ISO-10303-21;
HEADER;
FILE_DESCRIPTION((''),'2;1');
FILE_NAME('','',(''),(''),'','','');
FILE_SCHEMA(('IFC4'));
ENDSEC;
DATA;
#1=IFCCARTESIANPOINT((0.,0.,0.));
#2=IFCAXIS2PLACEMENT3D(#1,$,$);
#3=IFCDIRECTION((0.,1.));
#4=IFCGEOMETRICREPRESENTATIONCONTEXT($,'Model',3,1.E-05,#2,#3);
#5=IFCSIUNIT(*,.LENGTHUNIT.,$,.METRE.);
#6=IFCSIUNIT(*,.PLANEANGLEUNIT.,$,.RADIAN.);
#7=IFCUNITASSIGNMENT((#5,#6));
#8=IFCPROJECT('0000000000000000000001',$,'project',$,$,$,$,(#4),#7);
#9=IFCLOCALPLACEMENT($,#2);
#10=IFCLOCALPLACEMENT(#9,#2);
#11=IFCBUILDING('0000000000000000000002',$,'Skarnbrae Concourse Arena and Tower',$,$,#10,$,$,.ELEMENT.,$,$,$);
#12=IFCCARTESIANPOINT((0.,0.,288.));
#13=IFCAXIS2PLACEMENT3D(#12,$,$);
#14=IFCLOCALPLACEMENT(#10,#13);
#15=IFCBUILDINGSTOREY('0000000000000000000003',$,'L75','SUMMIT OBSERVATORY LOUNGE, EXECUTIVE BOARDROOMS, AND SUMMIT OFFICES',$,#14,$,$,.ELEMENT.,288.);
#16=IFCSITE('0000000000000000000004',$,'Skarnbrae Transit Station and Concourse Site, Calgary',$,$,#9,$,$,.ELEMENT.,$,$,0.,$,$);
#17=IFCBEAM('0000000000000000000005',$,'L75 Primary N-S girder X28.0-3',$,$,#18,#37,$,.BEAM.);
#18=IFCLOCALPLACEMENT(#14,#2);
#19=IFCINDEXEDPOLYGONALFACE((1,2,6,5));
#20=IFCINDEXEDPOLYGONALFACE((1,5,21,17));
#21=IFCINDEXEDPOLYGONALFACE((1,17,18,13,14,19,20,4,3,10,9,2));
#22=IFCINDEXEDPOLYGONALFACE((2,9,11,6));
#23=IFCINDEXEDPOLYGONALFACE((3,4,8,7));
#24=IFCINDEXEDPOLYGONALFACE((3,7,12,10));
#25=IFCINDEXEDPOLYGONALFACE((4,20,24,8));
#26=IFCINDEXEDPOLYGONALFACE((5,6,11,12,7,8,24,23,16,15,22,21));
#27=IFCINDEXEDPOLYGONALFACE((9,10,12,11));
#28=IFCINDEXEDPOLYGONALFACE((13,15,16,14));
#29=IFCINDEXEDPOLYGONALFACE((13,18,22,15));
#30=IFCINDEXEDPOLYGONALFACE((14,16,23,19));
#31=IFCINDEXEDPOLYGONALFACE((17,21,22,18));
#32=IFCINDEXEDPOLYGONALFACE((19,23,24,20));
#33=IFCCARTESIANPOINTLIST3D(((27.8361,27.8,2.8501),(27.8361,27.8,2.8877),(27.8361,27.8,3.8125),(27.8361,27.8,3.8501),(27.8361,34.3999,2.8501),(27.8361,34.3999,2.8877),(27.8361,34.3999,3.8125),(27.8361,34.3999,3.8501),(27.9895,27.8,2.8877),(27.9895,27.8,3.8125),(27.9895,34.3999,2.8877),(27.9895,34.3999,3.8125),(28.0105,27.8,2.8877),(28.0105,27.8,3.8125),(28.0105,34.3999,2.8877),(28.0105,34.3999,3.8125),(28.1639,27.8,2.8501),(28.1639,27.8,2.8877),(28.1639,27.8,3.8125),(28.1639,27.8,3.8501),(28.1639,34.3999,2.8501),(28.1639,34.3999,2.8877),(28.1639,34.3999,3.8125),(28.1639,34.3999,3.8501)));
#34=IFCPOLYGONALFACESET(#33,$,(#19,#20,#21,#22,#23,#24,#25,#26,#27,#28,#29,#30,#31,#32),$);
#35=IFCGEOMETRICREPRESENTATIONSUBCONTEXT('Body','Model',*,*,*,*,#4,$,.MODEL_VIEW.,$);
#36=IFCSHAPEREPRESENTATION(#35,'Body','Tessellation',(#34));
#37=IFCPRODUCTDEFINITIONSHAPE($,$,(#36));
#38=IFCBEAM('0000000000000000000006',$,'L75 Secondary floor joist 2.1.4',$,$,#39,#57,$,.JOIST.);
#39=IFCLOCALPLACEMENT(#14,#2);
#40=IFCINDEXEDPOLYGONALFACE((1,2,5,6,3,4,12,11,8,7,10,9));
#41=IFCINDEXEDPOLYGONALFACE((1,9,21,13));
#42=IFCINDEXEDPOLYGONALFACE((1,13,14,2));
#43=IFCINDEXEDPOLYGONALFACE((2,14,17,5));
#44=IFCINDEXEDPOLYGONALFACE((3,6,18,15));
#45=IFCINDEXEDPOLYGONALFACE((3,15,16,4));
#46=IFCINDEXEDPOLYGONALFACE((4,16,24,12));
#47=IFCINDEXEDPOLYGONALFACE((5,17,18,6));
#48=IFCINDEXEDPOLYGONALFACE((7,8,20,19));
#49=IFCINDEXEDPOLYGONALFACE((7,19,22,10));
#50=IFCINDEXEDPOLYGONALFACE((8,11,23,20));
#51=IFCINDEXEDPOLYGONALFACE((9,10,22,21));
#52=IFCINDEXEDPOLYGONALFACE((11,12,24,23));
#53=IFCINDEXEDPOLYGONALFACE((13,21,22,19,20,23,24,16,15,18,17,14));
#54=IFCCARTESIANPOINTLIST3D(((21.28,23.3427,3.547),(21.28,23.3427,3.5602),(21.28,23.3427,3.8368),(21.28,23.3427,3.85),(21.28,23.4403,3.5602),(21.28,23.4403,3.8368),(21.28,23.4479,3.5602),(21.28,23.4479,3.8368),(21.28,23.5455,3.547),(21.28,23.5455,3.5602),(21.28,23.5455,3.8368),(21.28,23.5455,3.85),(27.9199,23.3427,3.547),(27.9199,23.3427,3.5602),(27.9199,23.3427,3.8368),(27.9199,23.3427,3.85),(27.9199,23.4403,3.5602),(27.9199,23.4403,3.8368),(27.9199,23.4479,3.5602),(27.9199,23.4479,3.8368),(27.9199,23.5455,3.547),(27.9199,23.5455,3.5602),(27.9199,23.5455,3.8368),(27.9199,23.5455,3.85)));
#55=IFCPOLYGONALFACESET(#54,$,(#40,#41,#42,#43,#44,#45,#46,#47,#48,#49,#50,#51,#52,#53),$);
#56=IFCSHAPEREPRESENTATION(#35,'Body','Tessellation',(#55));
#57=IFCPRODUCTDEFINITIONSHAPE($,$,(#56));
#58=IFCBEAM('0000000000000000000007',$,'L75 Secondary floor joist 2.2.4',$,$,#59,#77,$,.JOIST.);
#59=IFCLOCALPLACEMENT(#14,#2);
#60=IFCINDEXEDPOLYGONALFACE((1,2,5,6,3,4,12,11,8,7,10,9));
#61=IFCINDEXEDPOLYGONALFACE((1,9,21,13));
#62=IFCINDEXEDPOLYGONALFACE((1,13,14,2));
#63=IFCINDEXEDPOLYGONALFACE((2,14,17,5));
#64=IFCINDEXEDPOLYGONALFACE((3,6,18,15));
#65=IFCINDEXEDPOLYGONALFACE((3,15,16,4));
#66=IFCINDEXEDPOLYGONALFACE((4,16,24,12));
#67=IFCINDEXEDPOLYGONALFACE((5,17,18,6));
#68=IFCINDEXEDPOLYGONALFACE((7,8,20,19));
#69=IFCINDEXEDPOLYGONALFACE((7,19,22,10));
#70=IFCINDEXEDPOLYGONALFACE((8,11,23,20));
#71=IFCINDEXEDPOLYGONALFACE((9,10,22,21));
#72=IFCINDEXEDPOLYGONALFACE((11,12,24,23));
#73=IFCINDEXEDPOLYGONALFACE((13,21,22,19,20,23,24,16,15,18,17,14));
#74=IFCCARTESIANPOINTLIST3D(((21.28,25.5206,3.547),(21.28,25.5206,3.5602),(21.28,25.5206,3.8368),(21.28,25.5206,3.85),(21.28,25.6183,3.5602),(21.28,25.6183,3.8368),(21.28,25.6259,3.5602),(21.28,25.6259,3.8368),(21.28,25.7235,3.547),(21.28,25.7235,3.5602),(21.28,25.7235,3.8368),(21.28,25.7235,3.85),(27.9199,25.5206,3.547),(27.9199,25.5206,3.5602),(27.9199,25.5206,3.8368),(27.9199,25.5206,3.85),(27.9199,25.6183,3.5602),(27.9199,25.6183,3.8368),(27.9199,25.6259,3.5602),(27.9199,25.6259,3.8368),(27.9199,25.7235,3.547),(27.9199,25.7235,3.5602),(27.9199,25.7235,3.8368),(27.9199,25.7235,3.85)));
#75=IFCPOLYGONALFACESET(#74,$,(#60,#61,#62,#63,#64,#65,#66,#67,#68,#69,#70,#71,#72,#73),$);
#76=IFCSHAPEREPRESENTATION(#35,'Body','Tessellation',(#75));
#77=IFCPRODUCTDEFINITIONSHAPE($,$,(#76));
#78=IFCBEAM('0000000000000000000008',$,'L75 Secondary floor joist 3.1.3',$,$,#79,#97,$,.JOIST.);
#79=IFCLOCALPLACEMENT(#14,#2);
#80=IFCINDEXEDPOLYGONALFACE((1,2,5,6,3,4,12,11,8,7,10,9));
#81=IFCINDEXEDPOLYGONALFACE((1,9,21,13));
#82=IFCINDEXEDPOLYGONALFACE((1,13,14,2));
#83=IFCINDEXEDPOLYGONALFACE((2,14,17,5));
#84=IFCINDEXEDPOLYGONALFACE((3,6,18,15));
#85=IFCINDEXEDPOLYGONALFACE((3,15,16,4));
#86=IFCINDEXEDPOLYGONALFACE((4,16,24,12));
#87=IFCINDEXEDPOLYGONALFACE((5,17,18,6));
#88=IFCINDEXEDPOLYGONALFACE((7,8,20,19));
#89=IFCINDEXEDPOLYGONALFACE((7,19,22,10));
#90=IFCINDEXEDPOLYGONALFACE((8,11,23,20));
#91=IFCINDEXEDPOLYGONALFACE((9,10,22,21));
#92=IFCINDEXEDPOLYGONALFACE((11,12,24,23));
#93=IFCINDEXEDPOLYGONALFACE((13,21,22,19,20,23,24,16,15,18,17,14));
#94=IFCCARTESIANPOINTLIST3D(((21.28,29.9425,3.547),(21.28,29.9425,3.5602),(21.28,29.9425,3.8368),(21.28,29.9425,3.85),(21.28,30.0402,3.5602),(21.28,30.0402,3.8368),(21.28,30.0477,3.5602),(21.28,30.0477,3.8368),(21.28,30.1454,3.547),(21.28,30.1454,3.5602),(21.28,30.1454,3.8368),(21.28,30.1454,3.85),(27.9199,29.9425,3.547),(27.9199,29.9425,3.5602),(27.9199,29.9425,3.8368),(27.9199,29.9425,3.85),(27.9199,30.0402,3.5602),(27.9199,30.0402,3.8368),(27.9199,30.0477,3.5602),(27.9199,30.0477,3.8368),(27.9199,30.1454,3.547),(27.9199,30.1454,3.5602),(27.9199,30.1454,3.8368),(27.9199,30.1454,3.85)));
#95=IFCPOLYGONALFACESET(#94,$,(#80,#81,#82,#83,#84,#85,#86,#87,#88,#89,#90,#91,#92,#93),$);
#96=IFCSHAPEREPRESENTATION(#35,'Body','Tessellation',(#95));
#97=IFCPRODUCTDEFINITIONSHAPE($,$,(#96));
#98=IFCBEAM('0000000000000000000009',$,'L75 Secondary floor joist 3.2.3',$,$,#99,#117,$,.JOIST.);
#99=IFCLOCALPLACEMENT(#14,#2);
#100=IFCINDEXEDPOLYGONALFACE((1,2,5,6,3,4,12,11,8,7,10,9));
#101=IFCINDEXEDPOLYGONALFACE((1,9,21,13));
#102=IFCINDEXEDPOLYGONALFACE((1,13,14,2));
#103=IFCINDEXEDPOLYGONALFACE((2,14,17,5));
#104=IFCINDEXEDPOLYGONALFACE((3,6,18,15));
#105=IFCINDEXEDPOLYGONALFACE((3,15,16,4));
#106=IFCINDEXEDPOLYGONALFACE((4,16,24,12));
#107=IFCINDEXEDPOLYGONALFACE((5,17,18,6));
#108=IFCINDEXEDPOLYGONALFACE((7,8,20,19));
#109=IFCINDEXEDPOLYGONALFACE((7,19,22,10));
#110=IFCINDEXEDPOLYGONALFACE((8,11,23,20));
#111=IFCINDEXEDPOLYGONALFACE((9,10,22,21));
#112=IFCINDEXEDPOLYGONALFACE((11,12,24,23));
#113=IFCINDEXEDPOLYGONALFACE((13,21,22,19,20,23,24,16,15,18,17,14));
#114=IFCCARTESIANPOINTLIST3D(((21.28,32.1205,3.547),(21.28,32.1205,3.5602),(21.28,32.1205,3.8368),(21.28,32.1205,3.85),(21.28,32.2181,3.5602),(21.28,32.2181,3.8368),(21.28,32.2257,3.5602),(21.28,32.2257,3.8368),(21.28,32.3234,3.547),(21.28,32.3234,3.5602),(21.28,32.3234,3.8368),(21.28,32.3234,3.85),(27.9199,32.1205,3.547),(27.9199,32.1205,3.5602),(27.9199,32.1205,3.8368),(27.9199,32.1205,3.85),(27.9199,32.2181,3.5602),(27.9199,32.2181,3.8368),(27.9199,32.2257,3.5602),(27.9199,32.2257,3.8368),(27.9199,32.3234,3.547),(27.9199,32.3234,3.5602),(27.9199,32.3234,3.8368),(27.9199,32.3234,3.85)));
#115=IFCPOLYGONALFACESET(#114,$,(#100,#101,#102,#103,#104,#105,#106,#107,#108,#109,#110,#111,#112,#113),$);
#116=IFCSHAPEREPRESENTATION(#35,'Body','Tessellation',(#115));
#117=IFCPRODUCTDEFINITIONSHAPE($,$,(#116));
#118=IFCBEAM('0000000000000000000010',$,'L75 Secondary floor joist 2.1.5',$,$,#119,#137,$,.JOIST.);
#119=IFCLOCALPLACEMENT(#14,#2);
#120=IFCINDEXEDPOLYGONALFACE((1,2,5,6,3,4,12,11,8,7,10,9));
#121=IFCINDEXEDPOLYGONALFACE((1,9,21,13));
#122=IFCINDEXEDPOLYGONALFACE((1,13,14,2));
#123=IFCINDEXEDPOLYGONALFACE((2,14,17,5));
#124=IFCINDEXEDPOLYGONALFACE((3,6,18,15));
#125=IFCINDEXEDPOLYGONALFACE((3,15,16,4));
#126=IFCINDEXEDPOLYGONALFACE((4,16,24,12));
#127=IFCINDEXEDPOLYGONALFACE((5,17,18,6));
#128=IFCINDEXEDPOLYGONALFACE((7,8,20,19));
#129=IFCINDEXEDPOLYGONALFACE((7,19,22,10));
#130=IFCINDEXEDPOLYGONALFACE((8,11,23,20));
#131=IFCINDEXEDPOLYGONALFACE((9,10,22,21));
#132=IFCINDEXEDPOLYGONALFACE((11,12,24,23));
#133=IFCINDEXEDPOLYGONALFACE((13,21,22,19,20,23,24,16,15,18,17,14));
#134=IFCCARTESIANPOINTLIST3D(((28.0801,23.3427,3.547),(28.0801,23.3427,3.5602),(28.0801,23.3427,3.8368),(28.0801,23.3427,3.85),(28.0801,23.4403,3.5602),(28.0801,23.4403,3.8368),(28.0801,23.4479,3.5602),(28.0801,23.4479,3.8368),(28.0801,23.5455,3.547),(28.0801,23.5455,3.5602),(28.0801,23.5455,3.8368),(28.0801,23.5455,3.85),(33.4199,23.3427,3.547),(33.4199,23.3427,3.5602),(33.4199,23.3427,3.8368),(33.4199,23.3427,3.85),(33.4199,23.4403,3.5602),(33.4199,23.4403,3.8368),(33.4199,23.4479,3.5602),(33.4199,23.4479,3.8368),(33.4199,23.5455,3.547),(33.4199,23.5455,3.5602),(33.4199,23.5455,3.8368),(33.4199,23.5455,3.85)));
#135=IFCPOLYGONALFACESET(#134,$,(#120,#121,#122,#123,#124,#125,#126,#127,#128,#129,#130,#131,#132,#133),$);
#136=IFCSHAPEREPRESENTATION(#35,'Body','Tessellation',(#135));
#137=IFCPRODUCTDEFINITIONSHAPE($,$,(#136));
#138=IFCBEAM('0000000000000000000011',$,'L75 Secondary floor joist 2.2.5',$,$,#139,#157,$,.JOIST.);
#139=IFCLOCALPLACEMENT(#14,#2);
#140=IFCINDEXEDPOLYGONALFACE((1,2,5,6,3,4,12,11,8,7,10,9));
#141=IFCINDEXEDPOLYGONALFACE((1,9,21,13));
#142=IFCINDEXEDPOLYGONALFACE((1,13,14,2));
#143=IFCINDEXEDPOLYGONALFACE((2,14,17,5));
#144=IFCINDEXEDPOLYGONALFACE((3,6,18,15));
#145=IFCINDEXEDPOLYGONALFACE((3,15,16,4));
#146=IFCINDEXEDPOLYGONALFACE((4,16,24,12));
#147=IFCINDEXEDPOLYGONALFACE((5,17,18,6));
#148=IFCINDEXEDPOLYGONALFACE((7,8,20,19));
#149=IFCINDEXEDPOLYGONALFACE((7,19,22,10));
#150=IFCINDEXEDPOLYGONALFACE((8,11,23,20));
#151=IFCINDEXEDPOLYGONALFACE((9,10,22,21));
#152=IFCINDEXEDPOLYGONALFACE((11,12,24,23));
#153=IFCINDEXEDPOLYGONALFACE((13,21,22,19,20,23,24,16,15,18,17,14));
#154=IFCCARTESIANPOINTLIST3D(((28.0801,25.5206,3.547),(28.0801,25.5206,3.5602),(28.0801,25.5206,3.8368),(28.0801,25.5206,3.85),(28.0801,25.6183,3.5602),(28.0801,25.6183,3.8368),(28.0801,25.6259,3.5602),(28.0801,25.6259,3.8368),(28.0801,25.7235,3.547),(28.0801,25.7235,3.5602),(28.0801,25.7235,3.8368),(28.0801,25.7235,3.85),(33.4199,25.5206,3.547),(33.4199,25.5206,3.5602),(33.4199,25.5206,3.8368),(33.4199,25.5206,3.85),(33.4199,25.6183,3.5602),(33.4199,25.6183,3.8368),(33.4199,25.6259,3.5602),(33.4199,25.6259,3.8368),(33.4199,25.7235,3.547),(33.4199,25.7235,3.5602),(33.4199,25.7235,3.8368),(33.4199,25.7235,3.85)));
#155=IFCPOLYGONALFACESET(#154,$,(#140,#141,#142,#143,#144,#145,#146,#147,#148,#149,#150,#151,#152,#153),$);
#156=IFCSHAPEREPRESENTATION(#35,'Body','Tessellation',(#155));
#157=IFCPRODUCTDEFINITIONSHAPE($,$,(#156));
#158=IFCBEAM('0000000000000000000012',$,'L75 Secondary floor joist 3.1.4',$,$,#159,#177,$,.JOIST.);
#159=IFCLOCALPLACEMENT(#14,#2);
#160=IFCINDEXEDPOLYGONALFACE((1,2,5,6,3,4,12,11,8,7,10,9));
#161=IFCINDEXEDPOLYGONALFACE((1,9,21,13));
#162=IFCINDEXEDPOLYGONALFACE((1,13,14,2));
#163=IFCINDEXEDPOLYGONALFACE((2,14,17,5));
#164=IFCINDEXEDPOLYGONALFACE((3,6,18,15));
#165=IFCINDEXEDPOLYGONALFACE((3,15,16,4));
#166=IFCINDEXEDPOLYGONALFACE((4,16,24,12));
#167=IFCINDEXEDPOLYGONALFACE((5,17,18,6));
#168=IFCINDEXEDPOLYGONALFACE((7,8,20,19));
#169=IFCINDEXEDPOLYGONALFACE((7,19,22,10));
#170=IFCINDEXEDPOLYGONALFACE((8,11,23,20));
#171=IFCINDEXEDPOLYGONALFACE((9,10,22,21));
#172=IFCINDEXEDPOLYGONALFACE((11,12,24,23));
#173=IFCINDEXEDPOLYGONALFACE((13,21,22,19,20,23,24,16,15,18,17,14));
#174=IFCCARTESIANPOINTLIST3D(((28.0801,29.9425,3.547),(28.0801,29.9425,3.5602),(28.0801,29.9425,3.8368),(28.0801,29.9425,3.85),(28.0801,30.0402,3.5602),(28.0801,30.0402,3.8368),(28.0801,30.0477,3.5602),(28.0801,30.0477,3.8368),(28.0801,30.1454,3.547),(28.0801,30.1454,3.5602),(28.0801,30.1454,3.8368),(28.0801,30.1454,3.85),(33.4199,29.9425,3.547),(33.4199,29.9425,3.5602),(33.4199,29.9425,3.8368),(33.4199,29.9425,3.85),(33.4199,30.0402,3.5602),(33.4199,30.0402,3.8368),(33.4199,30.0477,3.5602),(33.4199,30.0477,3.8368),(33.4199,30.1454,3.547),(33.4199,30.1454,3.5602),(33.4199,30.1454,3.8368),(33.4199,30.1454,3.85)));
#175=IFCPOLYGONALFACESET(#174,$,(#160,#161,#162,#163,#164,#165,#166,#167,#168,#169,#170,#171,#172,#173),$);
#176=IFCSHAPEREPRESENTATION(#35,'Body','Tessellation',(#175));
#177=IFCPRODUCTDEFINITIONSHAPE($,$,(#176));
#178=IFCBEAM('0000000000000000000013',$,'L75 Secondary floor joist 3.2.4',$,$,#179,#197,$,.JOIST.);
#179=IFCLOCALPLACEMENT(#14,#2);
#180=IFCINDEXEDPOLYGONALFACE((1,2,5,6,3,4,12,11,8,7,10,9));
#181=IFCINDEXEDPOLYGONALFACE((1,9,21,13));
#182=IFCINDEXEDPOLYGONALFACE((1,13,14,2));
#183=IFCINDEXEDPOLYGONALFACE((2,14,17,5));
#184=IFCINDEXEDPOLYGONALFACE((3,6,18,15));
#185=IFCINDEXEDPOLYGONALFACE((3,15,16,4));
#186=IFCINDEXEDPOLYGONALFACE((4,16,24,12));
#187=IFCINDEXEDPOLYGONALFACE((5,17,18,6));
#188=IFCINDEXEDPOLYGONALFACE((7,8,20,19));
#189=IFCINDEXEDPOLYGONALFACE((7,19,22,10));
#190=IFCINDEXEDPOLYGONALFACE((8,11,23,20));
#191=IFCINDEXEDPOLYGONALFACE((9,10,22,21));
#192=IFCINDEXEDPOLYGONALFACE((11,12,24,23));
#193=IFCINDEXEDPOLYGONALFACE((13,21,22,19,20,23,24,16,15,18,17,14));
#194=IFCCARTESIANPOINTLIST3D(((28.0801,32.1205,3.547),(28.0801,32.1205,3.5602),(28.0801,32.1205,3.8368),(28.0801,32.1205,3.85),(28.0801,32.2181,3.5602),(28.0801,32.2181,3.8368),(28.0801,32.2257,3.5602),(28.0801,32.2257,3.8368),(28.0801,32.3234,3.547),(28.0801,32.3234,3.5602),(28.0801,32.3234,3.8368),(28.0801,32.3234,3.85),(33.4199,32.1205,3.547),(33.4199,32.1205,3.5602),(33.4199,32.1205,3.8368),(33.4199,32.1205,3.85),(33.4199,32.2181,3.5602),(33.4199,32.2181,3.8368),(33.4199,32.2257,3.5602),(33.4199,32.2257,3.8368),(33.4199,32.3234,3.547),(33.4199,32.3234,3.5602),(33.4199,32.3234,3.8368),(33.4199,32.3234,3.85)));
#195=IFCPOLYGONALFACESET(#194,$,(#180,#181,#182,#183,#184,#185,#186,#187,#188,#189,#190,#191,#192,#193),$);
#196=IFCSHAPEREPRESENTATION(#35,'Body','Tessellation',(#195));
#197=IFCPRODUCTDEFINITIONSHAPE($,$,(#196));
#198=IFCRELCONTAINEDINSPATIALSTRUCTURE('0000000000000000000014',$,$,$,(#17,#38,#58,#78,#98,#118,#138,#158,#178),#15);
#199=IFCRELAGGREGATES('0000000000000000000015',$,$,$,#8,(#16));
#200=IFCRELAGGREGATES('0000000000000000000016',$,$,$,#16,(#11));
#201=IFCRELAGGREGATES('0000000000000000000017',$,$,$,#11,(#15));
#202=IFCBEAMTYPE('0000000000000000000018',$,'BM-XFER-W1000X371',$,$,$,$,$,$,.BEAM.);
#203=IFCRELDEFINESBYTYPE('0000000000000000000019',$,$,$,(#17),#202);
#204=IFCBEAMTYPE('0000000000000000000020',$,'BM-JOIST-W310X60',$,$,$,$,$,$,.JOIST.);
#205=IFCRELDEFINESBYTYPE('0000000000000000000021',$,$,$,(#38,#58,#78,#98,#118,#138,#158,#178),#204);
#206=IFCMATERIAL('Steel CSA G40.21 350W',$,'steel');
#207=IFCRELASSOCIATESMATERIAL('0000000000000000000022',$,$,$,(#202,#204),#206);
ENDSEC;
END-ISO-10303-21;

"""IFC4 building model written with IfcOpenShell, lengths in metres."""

from ifc_helpers import new_model, si_unit, direction, frame, origin, origin_2d, place, context, subcontext, project, spatial, i_section, extrude, source, transform, mapped, material, material_profile, profile_set, type_object, element, save


model = new_model("IFC4")

# Units and contexts
model_context = context("Model", 3, precision=1e-05, world=origin(), true_north=direction((0.0, 1.0)))
body_context = subcontext(model_context, "Body", "Model", "MODEL_VIEW")
ifc_project = project(units=[si_unit("LENGTHUNIT", "METRE"), si_unit("PLANEANGLEUNIT", "RADIAN")], contexts=[model_context])

# Site, building, storey
site_placement = place(None, origin())
site = spatial("IfcSite", under=ifc_project, at=site_placement, Name="Skarnbrae Transit Station and Concourse Site, Calgary", CompositionType="ELEMENT", RefElevation=0.0)
building_placement = place(site_placement, origin())
building = spatial("IfcBuilding", under=site, at=building_placement, Name="Skarnbrae Concourse Arena and Tower", CompositionType="ELEMENT")
storey_placement = place(building_placement, frame((0.0, 0.0, 288.0)))
storey = spatial("IfcBuildingStorey", under=building, at=storey_placement, Name="L75", Description="SUMMIT OBSERVATORY LOUNGE, EXECUTIVE BOARDROOMS, AND SUMMIT OFFICES", CompositionType="ELEMENT", Elevation=288.0)

# Shared definitions
ifc_material_1 = material(Name="Steel CSA G40.21 350W", Category="steel")

# Beams
ifc_material_profile_1 = material_profile(ifc_material_1, i_section(OverallWidth=0.3279, OverallDepth=1.0, WebThickness=0.021, FlangeThickness=0.0376, at=origin_2d()), Name="W1000X371")
ifc_profile_set_1 = profile_set([ifc_material_profile_1], Name="Steel CSA G40.21 350W")
beam_type_1 = type_object("IfcBeamType", Name="BM-XFER-W1000X371", PredefinedType="BEAM", material=ifc_profile_set_1)
shared_shape_1 = source(origin(), body_context, "Body", "SweptSolid", [
    extrude(i_section(OverallWidth=0.3279, OverallDepth=1.0, WebThickness=0.021, FlangeThickness=0.0376, at=origin_2d()), origin(), (0.0, 0.0, 1.0), 6.5999),
])
for number, where, z_axis, x_axis, name in (
    (1, (28.0, 27.8, 3.3501), (0.0, 1.0, 0.0), (-1.0, 0.0, 0.0), "L75 Primary N-S girder X28.0-3"),
):
    element("IfcBeam", number, at=place(storey_placement, frame(where, z_axis=z_axis, x_axis=x_axis)), inside=storey, type_object=beam_type_1, Name=name, PredefinedType="BEAM", context=body_context, shape_type="MappedRepresentation", body=[
        mapped(shared_shape_1, transform((0.0, 0.0, 0.0))),
    ])
ifc_material_profile_2 = material_profile(ifc_material_1, i_section(OverallWidth=0.2029, OverallDepth=0.303, WebThickness=0.0076, FlangeThickness=0.0132, at=origin_2d()), Name="W310X60")
ifc_profile_set_2 = profile_set([ifc_material_profile_2], Name="Steel CSA G40.21 350W")
beam_type_2 = type_object("IfcBeamType", Name="BM-JOIST-W310X60", PredefinedType="JOIST", material=ifc_profile_set_2)
shared_shape_2 = source(origin(), body_context, "Body", "SweptSolid", [
    extrude(i_section(OverallWidth=0.2029, OverallDepth=0.303, WebThickness=0.0076, FlangeThickness=0.0132, at=origin_2d()), origin(), (0.0, 0.0, 1.0), 6.6399),
])
for number, where, z_axis, x_axis, name in (
    (2, (21.28, 23.4441, 3.6985), (1.0, 0.0, 0.0), (0.0, 1.0, 0.0), "L75 Secondary floor joist 2.1.4"),
    (3, (21.28, 25.6221, 3.6985), (1.0, 0.0, 0.0), (0.0, 1.0, 0.0), "L75 Secondary floor joist 2.2.4"),
    (4, (21.28, 30.0439, 3.6985), (1.0, 0.0, 0.0), (0.0, 1.0, 0.0), "L75 Secondary floor joist 3.1.3"),
    (5, (21.28, 32.2219, 3.6985), (1.0, 0.0, 0.0), (0.0, 1.0, 0.0), "L75 Secondary floor joist 3.2.3"),
):
    element("IfcBeam", number, at=place(storey_placement, frame(where, z_axis=z_axis, x_axis=x_axis)), inside=storey, type_object=beam_type_2, Name=name, PredefinedType="JOIST", context=body_context, shape_type="MappedRepresentation", body=[
        mapped(shared_shape_2, transform((0.0, 0.0, 0.0))),
    ])
shared_shape_3 = source(origin(), body_context, "Body", "SweptSolid", [
    extrude(i_section(OverallWidth=0.2029, OverallDepth=0.303, WebThickness=0.0076, FlangeThickness=0.0132, at=origin_2d()), origin(), (0.0, 0.0, 1.0), 5.3398),
])
for number, where, z_axis, x_axis, name in (
    (6, (28.0801, 23.4441, 3.6985), (1.0, 0.0, 0.0), (0.0, 1.0, 0.0), "L75 Secondary floor joist 2.1.5"),
    (7, (28.0801, 25.6221, 3.6985), (1.0, 0.0, 0.0), (0.0, 1.0, 0.0), "L75 Secondary floor joist 2.2.5"),
    (8, (28.0801, 30.0439, 3.6985), (1.0, 0.0, 0.0), (0.0, 1.0, 0.0), "L75 Secondary floor joist 3.1.4"),
    (9, (28.0801, 32.2219, 3.6985), (1.0, 0.0, 0.0), (0.0, 1.0, 0.0), "L75 Secondary floor joist 3.2.4"),
):
    element("IfcBeam", number, at=place(storey_placement, frame(where, z_axis=z_axis, x_axis=x_axis)), inside=storey, type_object=beam_type_2, Name=name, PredefinedType="JOIST", context=body_context, shape_type="MappedRepresentation", body=[
        mapped(shared_shape_3, transform((0.0, 0.0, 0.0))),
    ])

save(model, "model.ifc")
